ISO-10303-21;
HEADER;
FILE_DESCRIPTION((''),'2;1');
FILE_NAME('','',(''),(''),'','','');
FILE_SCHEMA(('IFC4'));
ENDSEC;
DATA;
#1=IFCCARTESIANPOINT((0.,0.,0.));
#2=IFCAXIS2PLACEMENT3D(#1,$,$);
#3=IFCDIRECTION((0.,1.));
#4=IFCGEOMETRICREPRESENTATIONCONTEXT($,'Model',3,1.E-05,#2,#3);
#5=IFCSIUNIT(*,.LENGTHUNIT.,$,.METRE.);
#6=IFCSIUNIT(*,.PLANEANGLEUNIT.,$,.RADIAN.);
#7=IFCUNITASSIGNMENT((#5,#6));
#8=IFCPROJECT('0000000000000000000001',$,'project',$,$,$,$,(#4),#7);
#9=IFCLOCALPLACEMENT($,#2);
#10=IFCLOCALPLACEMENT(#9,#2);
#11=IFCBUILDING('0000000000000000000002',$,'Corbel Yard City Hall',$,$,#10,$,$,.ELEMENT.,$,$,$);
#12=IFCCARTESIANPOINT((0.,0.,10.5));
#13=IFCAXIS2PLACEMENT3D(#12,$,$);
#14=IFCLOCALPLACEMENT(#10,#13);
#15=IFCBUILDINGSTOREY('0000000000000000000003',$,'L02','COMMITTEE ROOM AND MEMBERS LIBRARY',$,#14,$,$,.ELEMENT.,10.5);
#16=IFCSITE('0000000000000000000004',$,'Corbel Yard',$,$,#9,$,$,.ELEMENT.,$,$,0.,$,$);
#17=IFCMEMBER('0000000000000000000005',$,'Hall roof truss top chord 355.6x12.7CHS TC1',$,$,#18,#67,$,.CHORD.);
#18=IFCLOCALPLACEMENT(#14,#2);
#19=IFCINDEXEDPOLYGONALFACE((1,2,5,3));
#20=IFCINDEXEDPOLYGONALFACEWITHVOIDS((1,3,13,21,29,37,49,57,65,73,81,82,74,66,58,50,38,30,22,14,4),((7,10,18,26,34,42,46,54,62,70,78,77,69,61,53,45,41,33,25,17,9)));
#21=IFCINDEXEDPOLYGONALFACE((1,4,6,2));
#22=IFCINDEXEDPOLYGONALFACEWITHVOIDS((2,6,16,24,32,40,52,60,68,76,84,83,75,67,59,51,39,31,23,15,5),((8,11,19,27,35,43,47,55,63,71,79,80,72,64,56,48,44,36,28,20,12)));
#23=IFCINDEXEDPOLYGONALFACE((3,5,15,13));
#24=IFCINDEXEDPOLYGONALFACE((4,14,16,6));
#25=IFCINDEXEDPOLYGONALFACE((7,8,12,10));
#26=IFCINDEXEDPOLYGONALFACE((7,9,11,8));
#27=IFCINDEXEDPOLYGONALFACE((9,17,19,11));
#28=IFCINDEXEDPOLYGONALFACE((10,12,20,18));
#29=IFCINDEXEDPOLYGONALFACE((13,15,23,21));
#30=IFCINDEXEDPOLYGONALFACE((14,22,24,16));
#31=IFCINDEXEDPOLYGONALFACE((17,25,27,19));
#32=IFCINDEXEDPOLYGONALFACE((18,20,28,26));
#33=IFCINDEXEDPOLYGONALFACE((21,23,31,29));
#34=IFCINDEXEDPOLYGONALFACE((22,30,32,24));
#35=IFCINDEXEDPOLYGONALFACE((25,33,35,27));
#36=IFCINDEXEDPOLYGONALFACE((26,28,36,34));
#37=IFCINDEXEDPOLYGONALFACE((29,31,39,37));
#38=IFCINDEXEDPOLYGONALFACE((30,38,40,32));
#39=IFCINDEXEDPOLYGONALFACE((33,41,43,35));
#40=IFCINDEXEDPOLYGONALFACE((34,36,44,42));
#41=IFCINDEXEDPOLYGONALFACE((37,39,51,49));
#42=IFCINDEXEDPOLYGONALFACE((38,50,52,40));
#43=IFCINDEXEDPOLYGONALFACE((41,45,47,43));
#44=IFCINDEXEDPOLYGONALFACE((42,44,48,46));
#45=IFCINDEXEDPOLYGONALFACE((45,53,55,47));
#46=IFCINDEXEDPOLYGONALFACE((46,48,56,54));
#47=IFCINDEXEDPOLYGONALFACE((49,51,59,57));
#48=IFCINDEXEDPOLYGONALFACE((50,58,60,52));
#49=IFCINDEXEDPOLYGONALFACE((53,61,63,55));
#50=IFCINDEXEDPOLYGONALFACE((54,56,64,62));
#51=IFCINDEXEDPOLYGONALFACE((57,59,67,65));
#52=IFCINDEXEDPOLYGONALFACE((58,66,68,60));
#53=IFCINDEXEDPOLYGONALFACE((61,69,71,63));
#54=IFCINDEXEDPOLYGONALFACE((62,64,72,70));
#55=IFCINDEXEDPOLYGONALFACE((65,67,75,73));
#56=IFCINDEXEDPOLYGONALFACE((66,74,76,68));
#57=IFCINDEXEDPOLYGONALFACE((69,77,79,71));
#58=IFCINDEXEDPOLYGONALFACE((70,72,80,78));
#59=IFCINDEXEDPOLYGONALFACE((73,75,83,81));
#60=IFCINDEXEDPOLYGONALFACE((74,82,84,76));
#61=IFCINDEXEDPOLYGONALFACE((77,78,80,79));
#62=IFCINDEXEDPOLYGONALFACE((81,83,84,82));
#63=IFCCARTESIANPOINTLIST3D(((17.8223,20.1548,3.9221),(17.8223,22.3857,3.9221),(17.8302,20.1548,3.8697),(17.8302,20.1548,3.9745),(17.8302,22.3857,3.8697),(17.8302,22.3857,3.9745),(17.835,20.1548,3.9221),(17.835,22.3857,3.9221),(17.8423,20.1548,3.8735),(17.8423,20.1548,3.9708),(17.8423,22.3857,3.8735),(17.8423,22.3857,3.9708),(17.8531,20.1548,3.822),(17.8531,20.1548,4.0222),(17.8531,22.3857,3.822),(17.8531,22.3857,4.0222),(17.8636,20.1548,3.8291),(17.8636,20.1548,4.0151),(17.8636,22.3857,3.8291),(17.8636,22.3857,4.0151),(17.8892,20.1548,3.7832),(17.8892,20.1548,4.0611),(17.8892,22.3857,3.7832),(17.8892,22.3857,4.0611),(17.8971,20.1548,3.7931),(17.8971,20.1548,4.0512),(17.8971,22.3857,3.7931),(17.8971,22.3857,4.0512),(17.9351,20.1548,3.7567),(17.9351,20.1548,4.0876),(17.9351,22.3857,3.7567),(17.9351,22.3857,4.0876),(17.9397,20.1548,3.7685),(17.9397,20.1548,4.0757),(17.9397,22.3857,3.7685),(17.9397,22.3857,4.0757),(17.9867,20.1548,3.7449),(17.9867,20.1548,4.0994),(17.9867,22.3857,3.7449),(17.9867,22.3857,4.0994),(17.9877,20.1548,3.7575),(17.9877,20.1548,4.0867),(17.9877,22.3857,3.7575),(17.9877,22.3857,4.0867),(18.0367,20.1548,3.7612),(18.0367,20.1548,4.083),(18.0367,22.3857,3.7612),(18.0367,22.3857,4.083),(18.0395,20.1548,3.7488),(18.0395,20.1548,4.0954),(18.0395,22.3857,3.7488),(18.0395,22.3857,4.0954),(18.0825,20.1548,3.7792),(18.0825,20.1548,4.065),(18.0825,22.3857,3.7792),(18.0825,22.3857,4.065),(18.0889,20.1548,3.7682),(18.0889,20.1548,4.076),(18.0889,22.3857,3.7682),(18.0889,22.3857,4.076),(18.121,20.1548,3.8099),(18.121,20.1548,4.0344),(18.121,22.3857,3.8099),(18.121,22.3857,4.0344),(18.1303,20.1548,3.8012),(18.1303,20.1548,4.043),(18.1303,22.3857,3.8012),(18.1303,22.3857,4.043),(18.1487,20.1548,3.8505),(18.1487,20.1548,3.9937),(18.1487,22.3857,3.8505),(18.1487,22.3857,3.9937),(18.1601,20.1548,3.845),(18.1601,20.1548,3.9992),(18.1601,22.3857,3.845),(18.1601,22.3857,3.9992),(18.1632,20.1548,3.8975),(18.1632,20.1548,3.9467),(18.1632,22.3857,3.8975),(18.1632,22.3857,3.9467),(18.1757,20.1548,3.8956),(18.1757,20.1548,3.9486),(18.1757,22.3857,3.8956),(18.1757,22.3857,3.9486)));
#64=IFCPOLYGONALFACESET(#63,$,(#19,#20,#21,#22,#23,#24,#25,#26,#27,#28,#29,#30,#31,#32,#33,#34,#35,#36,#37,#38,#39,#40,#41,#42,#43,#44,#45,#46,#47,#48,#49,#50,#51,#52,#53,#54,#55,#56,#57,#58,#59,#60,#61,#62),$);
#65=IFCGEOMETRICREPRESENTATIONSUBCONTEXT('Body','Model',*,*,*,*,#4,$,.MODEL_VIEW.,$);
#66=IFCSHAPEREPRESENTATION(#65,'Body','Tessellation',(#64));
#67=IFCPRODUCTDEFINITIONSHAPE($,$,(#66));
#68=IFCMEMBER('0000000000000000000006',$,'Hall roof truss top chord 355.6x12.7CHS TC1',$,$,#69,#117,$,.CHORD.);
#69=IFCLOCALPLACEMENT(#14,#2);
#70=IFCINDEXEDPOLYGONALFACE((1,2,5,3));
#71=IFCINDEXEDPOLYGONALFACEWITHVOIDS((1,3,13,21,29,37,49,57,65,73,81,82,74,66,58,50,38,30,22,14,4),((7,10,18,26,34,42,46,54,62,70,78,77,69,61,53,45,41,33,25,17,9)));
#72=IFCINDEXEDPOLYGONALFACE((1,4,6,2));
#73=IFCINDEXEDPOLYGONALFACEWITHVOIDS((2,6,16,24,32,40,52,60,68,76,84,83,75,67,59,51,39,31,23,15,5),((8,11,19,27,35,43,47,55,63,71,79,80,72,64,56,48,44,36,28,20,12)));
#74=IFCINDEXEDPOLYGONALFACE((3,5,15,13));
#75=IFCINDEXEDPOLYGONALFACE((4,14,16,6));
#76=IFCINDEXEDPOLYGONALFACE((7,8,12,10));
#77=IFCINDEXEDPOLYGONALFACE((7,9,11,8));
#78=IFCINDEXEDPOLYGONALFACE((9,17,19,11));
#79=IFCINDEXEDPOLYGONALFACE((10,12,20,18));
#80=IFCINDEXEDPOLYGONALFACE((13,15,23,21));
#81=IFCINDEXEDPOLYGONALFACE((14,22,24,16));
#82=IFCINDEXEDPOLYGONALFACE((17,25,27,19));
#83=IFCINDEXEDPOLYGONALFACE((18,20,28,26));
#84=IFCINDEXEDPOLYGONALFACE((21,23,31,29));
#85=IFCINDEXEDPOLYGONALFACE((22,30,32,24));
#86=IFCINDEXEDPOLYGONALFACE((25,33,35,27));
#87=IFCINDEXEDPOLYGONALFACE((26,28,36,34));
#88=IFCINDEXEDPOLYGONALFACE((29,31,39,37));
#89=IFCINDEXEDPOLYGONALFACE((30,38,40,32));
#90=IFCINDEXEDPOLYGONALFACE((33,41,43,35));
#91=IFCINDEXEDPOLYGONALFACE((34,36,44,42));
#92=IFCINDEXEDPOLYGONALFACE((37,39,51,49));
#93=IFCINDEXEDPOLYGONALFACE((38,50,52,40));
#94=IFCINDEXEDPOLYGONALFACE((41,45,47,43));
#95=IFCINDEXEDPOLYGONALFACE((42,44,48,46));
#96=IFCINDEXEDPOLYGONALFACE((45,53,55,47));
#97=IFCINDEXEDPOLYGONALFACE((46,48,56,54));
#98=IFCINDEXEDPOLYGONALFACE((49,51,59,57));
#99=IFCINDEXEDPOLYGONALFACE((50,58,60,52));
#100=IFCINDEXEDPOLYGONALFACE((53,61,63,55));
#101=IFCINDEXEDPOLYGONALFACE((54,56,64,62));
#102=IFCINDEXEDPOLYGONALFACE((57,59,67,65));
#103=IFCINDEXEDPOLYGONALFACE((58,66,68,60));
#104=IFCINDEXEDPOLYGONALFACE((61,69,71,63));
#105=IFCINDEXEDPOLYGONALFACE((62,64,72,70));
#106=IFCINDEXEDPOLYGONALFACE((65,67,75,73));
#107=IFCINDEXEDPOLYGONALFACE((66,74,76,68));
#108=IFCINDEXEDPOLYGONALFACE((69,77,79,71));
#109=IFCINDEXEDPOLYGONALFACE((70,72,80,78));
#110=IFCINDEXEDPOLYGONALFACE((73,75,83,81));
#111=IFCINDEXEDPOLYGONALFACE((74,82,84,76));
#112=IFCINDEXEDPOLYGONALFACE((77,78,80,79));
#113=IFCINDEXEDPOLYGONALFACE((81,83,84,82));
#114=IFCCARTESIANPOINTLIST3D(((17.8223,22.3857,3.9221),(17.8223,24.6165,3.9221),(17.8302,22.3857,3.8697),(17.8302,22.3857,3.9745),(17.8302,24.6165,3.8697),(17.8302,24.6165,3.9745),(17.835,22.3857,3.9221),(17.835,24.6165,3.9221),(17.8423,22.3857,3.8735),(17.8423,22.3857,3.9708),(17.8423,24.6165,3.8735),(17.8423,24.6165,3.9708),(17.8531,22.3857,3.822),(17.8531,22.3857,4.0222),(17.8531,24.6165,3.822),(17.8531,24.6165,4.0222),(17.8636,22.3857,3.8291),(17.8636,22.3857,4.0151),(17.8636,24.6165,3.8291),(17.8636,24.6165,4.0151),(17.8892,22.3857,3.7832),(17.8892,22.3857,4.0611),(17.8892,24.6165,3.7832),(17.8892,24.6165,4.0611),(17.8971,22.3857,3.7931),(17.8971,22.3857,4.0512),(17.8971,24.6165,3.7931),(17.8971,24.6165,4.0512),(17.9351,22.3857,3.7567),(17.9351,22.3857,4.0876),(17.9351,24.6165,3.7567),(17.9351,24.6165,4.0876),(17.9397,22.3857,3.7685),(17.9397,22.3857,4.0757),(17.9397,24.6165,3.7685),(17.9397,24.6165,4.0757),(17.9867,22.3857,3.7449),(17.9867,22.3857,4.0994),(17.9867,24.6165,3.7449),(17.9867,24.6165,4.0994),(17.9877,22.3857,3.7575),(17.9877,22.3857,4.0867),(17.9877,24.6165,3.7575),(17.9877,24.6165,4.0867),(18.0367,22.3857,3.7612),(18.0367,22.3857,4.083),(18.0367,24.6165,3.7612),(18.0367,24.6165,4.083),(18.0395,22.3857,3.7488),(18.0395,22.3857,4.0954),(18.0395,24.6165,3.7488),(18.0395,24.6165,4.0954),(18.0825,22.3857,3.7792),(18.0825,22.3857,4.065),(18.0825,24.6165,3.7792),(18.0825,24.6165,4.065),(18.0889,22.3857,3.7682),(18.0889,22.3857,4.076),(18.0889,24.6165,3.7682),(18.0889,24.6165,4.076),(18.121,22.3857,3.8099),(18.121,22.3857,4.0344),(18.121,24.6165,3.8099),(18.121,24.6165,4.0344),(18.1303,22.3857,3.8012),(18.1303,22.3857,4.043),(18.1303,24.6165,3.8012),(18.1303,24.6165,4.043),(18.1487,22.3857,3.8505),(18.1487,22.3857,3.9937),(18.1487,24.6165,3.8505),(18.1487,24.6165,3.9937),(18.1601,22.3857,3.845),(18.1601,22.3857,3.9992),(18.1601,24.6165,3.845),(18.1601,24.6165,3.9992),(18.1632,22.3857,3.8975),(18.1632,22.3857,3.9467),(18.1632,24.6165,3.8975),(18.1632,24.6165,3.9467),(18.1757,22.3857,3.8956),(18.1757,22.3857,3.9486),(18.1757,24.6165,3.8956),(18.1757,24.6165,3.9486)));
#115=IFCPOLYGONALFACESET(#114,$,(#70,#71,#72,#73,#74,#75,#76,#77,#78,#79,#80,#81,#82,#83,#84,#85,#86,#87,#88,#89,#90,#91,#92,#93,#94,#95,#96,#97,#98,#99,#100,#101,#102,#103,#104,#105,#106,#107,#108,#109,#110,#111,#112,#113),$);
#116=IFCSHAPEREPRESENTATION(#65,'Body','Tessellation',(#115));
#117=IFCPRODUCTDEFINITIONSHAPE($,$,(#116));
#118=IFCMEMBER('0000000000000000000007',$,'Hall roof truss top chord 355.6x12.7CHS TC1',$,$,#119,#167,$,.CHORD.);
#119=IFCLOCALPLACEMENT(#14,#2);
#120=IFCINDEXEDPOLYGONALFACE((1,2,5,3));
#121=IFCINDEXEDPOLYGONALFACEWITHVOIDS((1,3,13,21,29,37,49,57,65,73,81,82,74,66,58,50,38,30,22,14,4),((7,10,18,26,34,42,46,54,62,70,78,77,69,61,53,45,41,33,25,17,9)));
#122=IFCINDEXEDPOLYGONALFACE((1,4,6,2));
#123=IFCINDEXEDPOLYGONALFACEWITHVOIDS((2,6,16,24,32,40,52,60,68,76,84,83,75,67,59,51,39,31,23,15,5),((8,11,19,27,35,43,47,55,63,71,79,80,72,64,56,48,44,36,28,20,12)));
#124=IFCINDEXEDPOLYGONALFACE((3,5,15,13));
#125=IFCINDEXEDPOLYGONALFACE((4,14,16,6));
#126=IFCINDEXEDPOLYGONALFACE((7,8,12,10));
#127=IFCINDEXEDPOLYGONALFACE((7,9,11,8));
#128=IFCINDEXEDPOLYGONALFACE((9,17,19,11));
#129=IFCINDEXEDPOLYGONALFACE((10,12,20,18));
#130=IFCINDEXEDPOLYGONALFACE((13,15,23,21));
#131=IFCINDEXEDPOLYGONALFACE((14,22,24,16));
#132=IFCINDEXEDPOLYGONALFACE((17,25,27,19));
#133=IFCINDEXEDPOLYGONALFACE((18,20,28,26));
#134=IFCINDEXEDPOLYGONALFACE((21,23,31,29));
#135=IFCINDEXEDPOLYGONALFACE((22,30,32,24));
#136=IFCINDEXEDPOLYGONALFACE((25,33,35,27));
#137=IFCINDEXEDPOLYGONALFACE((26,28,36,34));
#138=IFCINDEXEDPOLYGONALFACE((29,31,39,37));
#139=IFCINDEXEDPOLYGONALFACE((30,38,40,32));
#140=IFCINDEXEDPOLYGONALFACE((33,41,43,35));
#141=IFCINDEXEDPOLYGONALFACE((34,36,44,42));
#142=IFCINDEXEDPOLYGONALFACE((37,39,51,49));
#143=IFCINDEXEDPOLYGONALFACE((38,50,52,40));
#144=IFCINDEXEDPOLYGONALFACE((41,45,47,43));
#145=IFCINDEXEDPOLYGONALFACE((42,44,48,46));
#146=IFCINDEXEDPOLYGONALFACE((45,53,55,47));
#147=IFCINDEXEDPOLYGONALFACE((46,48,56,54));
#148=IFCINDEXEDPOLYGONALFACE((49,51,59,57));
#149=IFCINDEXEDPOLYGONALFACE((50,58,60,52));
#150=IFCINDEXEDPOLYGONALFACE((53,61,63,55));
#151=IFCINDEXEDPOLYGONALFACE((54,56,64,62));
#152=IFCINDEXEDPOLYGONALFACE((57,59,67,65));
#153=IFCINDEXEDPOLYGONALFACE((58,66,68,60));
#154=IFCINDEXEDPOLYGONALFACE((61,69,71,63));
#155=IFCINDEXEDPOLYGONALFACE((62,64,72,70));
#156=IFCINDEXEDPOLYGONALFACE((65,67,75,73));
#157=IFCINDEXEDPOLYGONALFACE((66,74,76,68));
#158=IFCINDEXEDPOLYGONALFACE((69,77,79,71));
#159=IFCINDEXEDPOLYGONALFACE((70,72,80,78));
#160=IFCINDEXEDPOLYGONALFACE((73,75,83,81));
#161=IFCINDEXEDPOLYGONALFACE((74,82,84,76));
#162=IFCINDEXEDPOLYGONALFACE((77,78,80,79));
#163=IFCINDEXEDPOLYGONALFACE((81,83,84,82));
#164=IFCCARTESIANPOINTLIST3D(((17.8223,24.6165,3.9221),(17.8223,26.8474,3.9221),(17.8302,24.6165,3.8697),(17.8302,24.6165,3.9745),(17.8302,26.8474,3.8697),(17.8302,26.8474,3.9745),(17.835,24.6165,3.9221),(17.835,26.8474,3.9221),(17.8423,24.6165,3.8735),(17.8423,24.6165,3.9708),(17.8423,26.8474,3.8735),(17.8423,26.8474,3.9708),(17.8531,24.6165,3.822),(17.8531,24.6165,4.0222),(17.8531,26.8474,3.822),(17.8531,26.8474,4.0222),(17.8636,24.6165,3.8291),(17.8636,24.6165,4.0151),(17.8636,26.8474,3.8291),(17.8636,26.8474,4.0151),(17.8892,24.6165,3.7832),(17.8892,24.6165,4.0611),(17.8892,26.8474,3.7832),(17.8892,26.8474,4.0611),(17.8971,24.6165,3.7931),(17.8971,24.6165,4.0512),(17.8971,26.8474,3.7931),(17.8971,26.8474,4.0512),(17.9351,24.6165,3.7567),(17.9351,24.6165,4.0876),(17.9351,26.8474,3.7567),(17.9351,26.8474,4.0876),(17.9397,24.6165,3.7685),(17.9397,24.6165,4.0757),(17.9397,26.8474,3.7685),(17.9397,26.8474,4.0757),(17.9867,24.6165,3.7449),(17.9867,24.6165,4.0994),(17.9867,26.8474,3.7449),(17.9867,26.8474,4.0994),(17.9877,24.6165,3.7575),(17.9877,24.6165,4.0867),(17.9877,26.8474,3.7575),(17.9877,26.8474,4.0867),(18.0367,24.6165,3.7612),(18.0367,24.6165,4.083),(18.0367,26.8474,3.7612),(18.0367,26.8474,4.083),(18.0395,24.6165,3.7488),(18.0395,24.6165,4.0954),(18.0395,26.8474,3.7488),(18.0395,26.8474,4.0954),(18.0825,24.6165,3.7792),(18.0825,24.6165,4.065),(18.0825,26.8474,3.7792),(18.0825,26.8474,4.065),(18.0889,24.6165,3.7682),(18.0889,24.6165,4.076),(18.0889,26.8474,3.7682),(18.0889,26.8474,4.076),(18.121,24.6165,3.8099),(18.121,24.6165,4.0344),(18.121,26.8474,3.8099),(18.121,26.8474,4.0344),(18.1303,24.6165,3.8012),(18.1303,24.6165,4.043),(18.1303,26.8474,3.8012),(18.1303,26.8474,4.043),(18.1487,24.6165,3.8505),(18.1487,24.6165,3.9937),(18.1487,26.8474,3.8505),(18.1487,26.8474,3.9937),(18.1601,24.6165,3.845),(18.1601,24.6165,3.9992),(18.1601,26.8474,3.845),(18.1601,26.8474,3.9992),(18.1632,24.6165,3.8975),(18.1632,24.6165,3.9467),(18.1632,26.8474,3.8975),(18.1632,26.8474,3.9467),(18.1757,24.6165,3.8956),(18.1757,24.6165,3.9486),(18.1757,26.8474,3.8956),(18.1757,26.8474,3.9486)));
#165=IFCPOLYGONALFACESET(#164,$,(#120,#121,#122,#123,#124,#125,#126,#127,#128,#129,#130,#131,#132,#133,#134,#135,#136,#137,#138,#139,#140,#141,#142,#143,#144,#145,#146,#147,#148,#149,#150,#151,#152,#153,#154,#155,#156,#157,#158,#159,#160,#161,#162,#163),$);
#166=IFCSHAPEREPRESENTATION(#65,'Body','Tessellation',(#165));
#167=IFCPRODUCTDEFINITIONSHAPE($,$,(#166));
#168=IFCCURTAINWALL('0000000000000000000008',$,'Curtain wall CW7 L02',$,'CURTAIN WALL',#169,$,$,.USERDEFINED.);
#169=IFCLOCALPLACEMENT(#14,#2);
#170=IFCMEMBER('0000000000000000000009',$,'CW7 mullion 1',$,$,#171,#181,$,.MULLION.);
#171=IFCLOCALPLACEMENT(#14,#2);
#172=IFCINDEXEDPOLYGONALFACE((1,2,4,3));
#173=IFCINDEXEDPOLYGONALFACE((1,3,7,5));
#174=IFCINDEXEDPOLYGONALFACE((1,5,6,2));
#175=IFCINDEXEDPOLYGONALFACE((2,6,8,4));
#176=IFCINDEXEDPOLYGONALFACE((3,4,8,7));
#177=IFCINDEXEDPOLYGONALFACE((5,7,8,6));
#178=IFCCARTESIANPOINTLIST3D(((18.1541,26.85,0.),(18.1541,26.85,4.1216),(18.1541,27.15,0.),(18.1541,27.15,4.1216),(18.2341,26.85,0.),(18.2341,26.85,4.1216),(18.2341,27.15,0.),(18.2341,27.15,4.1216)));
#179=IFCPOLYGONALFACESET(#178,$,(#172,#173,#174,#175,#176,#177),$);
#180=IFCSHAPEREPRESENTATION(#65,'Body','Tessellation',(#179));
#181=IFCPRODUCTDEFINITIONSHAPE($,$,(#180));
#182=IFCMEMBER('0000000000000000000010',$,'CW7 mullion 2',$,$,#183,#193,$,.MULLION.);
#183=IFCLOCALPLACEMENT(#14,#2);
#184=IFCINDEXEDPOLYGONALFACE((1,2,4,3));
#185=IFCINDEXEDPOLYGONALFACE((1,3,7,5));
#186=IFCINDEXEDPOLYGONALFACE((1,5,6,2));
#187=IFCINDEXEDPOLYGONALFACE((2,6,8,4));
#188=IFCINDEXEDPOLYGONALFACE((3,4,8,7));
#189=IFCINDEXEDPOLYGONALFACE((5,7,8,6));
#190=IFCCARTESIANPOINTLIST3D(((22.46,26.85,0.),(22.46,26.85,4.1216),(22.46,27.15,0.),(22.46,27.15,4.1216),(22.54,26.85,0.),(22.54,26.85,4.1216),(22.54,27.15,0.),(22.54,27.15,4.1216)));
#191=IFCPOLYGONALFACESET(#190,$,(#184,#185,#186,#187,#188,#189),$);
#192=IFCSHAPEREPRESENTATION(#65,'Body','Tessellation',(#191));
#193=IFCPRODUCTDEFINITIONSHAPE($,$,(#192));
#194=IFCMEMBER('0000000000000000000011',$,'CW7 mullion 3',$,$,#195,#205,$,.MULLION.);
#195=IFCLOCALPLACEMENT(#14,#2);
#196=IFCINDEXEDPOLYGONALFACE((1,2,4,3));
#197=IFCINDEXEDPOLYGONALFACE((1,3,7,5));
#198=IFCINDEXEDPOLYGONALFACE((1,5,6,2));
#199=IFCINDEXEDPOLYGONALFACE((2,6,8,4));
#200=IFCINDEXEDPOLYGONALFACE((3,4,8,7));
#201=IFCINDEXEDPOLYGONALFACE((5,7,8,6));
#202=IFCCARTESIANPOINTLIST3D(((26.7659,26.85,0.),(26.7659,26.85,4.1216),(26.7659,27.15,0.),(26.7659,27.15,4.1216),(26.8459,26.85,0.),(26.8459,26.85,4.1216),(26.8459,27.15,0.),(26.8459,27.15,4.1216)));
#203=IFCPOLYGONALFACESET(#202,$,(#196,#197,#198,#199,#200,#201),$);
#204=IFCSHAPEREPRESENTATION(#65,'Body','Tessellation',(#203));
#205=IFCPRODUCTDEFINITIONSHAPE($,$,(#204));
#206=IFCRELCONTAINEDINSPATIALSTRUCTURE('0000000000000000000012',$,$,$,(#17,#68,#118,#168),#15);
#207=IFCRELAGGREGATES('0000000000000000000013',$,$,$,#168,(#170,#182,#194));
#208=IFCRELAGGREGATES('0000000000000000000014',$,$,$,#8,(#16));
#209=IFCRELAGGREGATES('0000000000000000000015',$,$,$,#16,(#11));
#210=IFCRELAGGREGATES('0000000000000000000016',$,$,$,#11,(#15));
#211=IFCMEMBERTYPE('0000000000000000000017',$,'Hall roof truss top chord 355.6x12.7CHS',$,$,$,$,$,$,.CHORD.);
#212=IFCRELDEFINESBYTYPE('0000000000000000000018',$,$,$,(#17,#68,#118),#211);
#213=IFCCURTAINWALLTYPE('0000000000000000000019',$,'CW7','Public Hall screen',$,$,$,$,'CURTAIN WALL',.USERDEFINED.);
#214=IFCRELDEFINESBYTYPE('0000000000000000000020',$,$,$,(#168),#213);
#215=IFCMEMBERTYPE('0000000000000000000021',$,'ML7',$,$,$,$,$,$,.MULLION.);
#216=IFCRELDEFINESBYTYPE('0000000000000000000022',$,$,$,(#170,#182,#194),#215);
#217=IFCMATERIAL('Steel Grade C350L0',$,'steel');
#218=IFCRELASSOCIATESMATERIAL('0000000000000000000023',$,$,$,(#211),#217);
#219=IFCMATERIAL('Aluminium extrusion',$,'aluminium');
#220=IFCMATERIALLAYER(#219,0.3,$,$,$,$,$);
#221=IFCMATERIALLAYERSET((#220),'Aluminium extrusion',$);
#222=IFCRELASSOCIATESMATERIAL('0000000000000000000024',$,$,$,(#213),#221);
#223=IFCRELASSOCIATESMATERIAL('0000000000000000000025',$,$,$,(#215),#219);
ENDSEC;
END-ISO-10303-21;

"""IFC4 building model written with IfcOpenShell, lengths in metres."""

from ifc_helpers import new_model, si_unit, direction, frame, origin, origin_2d, place, context, subcontext, project, spatial, rectangle, hollow_circle, extrude, material, layer, layer_set, material_profile, profile_set, type_object, element, aggregate, save


model = new_model("IFC4")

# Units and contexts
model_context = context("Model", 3, precision=1e-05, world=origin(), true_north=direction((0.0, 1.0)))
body_context = subcontext(model_context, "Body", "Model", "MODEL_VIEW")
ifc_project = project(units=[si_unit("LENGTHUNIT", "METRE"), si_unit("PLANEANGLEUNIT", "RADIAN")], contexts=[model_context])

# Site, building, storey
site_placement = place(None, origin())
site = spatial("IfcSite", under=ifc_project, at=site_placement, Name="Corbel Yard", CompositionType="ELEMENT", RefElevation=0.0)
building_placement = place(site_placement, origin())
building = spatial("IfcBuilding", under=site, at=building_placement, Name="Corbel Yard City Hall", CompositionType="ELEMENT")
storey_placement = place(building_placement, frame((0.0, 0.0, 10.5)))
storey = spatial("IfcBuildingStorey", under=building, at=storey_placement, Name="L02", Description="COMMITTEE ROOM AND MEMBERS LIBRARY", CompositionType="ELEMENT", Elevation=10.5)

# Members
ifc_material_1 = material(Name="Steel Grade C350L0", Category="steel")
ifc_material_profile_1 = material_profile(ifc_material_1, hollow_circle(Radius=0.1777, WallThickness=0.0127, at=origin_2d()), Name="355.6x12.7CHS")
ifc_profile_set_1 = profile_set([ifc_material_profile_1], Name="Steel Grade C350L0")
member_type_1 = type_object("IfcMemberType", Name="Hall roof truss top chord 355.6x12.7CHS", PredefinedType="CHORD", material=ifc_profile_set_1)
member_1_placement = place(storey_placement, frame((18.0, 20.1548, 3.9221), z_axis=(0.0, 1.0, 0.0), x_axis=(-1.0, 0.0, 0.0)))
element("IfcMember", 1, at=member_1_placement, inside=storey, type_object=member_type_1, Name="Hall roof truss top chord 355.6x12.7CHS TC1", PredefinedType="CHORD", context=body_context, shape_type="SweptSolid", body=[
    extrude(hollow_circle(Radius=0.1777, WallThickness=0.0127, at=origin_2d()), origin(), (0.0, 0.0, 1.0), 2.231),
])
member_2_placement = place(storey_placement, frame((18.0, 22.3857, 3.9221), z_axis=(0.0, 1.0, 0.0), x_axis=(-1.0, 0.0, 0.0)))
element("IfcMember", 2, at=member_2_placement, inside=storey, type_object=member_type_1, Name="Hall roof truss top chord 355.6x12.7CHS TC1", PredefinedType="CHORD", context=body_context, shape_type="SweptSolid", body=[
    extrude(hollow_circle(Radius=0.1777, WallThickness=0.0127, at=origin_2d()), origin(), (0.0, 0.0, 1.0), 2.2307),
])
member_3_placement = place(storey_placement, frame((18.0, 24.6165, 3.9221), z_axis=(0.0, 1.0, 0.0), x_axis=(-1.0, 0.0, 0.0)))
element("IfcMember", 3, at=member_3_placement, inside=storey, type_object=member_type_1, Name="Hall roof truss top chord 355.6x12.7CHS TC1", PredefinedType="CHORD", context=body_context, shape_type="SweptSolid", body=[
    extrude(hollow_circle(Radius=0.1777, WallThickness=0.0127, at=origin_2d()), origin(), (0.0, 0.0, 1.0), 2.231),
])

# Curtain wall, members
ifc_material_2 = material(Name="Aluminium extrusion", Category="aluminium")
ifc_layer_1 = layer(ifc_material_2, 0.3)
ifc_layer_set_1 = layer_set([ifc_layer_1], Name="Aluminium extrusion")
curtain_wall_type = type_object("IfcCurtainWallType", Name="CW7", Description="Public Hall screen", ElementType="CURTAIN WALL", PredefinedType="USERDEFINED", material=ifc_layer_set_1)
curtain_wall_placement = place(storey_placement, origin())
curtain_wall = element("IfcCurtainWall", 4, at=curtain_wall_placement, inside=storey, type_object=curtain_wall_type, Name="Curtain wall CW7 L02", ObjectType="CURTAIN WALL", PredefinedType="USERDEFINED")
ifc_material_profile_2 = material_profile(ifc_material_2, rectangle(XDim=0.3, YDim=0.0801, at=origin_2d()), Name="300x80")
ifc_profile_set_2 = profile_set([ifc_material_profile_2], Name="Aluminium extrusion")
member_type_2 = type_object("IfcMemberType", Name="ML7", PredefinedType="MULLION", material=ifc_profile_set_2)
member_4_placement = place(storey_placement, frame((18.1941, 27.0, 0.0), z_axis=(0.0, 0.0, 1.0), x_axis=(0.0, 1.0, 0.0)))
member_4 = element("IfcMember", 5, at=member_4_placement, type_object=member_type_2, Name="CW7 mullion 1", PredefinedType="MULLION", context=body_context, shape_type="SweptSolid", body=[
    extrude(rectangle(XDim=0.3, YDim=0.0801, at=origin_2d()), origin(), (0.0, 0.0, 1.0), 4.1216),
])
member_5_placement = place(storey_placement, frame((22.5, 27.0, 0.0), z_axis=(0.0, 0.0, 1.0), x_axis=(0.0, 1.0, 0.0)))
member_5 = element("IfcMember", 6, at=member_5_placement, type_object=member_type_2, Name="CW7 mullion 2", PredefinedType="MULLION", context=body_context, shape_type="SweptSolid", body=[
    extrude(rectangle(XDim=0.3, YDim=0.0801, at=origin_2d()), origin(), (0.0, 0.0, 1.0), 4.1216),
])
member_6_placement = place(storey_placement, frame((26.8059, 27.0, 0.0), z_axis=(0.0, 0.0, 1.0), x_axis=(0.0, 1.0, 0.0)))
member_6 = element("IfcMember", 7, at=member_6_placement, type_object=member_type_2, Name="CW7 mullion 3", PredefinedType="MULLION", context=body_context, shape_type="SweptSolid", body=[
    extrude(rectangle(XDim=0.3, YDim=0.0801, at=origin_2d()), origin(), (0.0, 0.0, 1.0), 4.1216),
])

aggregate(curtain_wall, [member_4, member_5, member_6])

save(model, "model.ifc")
